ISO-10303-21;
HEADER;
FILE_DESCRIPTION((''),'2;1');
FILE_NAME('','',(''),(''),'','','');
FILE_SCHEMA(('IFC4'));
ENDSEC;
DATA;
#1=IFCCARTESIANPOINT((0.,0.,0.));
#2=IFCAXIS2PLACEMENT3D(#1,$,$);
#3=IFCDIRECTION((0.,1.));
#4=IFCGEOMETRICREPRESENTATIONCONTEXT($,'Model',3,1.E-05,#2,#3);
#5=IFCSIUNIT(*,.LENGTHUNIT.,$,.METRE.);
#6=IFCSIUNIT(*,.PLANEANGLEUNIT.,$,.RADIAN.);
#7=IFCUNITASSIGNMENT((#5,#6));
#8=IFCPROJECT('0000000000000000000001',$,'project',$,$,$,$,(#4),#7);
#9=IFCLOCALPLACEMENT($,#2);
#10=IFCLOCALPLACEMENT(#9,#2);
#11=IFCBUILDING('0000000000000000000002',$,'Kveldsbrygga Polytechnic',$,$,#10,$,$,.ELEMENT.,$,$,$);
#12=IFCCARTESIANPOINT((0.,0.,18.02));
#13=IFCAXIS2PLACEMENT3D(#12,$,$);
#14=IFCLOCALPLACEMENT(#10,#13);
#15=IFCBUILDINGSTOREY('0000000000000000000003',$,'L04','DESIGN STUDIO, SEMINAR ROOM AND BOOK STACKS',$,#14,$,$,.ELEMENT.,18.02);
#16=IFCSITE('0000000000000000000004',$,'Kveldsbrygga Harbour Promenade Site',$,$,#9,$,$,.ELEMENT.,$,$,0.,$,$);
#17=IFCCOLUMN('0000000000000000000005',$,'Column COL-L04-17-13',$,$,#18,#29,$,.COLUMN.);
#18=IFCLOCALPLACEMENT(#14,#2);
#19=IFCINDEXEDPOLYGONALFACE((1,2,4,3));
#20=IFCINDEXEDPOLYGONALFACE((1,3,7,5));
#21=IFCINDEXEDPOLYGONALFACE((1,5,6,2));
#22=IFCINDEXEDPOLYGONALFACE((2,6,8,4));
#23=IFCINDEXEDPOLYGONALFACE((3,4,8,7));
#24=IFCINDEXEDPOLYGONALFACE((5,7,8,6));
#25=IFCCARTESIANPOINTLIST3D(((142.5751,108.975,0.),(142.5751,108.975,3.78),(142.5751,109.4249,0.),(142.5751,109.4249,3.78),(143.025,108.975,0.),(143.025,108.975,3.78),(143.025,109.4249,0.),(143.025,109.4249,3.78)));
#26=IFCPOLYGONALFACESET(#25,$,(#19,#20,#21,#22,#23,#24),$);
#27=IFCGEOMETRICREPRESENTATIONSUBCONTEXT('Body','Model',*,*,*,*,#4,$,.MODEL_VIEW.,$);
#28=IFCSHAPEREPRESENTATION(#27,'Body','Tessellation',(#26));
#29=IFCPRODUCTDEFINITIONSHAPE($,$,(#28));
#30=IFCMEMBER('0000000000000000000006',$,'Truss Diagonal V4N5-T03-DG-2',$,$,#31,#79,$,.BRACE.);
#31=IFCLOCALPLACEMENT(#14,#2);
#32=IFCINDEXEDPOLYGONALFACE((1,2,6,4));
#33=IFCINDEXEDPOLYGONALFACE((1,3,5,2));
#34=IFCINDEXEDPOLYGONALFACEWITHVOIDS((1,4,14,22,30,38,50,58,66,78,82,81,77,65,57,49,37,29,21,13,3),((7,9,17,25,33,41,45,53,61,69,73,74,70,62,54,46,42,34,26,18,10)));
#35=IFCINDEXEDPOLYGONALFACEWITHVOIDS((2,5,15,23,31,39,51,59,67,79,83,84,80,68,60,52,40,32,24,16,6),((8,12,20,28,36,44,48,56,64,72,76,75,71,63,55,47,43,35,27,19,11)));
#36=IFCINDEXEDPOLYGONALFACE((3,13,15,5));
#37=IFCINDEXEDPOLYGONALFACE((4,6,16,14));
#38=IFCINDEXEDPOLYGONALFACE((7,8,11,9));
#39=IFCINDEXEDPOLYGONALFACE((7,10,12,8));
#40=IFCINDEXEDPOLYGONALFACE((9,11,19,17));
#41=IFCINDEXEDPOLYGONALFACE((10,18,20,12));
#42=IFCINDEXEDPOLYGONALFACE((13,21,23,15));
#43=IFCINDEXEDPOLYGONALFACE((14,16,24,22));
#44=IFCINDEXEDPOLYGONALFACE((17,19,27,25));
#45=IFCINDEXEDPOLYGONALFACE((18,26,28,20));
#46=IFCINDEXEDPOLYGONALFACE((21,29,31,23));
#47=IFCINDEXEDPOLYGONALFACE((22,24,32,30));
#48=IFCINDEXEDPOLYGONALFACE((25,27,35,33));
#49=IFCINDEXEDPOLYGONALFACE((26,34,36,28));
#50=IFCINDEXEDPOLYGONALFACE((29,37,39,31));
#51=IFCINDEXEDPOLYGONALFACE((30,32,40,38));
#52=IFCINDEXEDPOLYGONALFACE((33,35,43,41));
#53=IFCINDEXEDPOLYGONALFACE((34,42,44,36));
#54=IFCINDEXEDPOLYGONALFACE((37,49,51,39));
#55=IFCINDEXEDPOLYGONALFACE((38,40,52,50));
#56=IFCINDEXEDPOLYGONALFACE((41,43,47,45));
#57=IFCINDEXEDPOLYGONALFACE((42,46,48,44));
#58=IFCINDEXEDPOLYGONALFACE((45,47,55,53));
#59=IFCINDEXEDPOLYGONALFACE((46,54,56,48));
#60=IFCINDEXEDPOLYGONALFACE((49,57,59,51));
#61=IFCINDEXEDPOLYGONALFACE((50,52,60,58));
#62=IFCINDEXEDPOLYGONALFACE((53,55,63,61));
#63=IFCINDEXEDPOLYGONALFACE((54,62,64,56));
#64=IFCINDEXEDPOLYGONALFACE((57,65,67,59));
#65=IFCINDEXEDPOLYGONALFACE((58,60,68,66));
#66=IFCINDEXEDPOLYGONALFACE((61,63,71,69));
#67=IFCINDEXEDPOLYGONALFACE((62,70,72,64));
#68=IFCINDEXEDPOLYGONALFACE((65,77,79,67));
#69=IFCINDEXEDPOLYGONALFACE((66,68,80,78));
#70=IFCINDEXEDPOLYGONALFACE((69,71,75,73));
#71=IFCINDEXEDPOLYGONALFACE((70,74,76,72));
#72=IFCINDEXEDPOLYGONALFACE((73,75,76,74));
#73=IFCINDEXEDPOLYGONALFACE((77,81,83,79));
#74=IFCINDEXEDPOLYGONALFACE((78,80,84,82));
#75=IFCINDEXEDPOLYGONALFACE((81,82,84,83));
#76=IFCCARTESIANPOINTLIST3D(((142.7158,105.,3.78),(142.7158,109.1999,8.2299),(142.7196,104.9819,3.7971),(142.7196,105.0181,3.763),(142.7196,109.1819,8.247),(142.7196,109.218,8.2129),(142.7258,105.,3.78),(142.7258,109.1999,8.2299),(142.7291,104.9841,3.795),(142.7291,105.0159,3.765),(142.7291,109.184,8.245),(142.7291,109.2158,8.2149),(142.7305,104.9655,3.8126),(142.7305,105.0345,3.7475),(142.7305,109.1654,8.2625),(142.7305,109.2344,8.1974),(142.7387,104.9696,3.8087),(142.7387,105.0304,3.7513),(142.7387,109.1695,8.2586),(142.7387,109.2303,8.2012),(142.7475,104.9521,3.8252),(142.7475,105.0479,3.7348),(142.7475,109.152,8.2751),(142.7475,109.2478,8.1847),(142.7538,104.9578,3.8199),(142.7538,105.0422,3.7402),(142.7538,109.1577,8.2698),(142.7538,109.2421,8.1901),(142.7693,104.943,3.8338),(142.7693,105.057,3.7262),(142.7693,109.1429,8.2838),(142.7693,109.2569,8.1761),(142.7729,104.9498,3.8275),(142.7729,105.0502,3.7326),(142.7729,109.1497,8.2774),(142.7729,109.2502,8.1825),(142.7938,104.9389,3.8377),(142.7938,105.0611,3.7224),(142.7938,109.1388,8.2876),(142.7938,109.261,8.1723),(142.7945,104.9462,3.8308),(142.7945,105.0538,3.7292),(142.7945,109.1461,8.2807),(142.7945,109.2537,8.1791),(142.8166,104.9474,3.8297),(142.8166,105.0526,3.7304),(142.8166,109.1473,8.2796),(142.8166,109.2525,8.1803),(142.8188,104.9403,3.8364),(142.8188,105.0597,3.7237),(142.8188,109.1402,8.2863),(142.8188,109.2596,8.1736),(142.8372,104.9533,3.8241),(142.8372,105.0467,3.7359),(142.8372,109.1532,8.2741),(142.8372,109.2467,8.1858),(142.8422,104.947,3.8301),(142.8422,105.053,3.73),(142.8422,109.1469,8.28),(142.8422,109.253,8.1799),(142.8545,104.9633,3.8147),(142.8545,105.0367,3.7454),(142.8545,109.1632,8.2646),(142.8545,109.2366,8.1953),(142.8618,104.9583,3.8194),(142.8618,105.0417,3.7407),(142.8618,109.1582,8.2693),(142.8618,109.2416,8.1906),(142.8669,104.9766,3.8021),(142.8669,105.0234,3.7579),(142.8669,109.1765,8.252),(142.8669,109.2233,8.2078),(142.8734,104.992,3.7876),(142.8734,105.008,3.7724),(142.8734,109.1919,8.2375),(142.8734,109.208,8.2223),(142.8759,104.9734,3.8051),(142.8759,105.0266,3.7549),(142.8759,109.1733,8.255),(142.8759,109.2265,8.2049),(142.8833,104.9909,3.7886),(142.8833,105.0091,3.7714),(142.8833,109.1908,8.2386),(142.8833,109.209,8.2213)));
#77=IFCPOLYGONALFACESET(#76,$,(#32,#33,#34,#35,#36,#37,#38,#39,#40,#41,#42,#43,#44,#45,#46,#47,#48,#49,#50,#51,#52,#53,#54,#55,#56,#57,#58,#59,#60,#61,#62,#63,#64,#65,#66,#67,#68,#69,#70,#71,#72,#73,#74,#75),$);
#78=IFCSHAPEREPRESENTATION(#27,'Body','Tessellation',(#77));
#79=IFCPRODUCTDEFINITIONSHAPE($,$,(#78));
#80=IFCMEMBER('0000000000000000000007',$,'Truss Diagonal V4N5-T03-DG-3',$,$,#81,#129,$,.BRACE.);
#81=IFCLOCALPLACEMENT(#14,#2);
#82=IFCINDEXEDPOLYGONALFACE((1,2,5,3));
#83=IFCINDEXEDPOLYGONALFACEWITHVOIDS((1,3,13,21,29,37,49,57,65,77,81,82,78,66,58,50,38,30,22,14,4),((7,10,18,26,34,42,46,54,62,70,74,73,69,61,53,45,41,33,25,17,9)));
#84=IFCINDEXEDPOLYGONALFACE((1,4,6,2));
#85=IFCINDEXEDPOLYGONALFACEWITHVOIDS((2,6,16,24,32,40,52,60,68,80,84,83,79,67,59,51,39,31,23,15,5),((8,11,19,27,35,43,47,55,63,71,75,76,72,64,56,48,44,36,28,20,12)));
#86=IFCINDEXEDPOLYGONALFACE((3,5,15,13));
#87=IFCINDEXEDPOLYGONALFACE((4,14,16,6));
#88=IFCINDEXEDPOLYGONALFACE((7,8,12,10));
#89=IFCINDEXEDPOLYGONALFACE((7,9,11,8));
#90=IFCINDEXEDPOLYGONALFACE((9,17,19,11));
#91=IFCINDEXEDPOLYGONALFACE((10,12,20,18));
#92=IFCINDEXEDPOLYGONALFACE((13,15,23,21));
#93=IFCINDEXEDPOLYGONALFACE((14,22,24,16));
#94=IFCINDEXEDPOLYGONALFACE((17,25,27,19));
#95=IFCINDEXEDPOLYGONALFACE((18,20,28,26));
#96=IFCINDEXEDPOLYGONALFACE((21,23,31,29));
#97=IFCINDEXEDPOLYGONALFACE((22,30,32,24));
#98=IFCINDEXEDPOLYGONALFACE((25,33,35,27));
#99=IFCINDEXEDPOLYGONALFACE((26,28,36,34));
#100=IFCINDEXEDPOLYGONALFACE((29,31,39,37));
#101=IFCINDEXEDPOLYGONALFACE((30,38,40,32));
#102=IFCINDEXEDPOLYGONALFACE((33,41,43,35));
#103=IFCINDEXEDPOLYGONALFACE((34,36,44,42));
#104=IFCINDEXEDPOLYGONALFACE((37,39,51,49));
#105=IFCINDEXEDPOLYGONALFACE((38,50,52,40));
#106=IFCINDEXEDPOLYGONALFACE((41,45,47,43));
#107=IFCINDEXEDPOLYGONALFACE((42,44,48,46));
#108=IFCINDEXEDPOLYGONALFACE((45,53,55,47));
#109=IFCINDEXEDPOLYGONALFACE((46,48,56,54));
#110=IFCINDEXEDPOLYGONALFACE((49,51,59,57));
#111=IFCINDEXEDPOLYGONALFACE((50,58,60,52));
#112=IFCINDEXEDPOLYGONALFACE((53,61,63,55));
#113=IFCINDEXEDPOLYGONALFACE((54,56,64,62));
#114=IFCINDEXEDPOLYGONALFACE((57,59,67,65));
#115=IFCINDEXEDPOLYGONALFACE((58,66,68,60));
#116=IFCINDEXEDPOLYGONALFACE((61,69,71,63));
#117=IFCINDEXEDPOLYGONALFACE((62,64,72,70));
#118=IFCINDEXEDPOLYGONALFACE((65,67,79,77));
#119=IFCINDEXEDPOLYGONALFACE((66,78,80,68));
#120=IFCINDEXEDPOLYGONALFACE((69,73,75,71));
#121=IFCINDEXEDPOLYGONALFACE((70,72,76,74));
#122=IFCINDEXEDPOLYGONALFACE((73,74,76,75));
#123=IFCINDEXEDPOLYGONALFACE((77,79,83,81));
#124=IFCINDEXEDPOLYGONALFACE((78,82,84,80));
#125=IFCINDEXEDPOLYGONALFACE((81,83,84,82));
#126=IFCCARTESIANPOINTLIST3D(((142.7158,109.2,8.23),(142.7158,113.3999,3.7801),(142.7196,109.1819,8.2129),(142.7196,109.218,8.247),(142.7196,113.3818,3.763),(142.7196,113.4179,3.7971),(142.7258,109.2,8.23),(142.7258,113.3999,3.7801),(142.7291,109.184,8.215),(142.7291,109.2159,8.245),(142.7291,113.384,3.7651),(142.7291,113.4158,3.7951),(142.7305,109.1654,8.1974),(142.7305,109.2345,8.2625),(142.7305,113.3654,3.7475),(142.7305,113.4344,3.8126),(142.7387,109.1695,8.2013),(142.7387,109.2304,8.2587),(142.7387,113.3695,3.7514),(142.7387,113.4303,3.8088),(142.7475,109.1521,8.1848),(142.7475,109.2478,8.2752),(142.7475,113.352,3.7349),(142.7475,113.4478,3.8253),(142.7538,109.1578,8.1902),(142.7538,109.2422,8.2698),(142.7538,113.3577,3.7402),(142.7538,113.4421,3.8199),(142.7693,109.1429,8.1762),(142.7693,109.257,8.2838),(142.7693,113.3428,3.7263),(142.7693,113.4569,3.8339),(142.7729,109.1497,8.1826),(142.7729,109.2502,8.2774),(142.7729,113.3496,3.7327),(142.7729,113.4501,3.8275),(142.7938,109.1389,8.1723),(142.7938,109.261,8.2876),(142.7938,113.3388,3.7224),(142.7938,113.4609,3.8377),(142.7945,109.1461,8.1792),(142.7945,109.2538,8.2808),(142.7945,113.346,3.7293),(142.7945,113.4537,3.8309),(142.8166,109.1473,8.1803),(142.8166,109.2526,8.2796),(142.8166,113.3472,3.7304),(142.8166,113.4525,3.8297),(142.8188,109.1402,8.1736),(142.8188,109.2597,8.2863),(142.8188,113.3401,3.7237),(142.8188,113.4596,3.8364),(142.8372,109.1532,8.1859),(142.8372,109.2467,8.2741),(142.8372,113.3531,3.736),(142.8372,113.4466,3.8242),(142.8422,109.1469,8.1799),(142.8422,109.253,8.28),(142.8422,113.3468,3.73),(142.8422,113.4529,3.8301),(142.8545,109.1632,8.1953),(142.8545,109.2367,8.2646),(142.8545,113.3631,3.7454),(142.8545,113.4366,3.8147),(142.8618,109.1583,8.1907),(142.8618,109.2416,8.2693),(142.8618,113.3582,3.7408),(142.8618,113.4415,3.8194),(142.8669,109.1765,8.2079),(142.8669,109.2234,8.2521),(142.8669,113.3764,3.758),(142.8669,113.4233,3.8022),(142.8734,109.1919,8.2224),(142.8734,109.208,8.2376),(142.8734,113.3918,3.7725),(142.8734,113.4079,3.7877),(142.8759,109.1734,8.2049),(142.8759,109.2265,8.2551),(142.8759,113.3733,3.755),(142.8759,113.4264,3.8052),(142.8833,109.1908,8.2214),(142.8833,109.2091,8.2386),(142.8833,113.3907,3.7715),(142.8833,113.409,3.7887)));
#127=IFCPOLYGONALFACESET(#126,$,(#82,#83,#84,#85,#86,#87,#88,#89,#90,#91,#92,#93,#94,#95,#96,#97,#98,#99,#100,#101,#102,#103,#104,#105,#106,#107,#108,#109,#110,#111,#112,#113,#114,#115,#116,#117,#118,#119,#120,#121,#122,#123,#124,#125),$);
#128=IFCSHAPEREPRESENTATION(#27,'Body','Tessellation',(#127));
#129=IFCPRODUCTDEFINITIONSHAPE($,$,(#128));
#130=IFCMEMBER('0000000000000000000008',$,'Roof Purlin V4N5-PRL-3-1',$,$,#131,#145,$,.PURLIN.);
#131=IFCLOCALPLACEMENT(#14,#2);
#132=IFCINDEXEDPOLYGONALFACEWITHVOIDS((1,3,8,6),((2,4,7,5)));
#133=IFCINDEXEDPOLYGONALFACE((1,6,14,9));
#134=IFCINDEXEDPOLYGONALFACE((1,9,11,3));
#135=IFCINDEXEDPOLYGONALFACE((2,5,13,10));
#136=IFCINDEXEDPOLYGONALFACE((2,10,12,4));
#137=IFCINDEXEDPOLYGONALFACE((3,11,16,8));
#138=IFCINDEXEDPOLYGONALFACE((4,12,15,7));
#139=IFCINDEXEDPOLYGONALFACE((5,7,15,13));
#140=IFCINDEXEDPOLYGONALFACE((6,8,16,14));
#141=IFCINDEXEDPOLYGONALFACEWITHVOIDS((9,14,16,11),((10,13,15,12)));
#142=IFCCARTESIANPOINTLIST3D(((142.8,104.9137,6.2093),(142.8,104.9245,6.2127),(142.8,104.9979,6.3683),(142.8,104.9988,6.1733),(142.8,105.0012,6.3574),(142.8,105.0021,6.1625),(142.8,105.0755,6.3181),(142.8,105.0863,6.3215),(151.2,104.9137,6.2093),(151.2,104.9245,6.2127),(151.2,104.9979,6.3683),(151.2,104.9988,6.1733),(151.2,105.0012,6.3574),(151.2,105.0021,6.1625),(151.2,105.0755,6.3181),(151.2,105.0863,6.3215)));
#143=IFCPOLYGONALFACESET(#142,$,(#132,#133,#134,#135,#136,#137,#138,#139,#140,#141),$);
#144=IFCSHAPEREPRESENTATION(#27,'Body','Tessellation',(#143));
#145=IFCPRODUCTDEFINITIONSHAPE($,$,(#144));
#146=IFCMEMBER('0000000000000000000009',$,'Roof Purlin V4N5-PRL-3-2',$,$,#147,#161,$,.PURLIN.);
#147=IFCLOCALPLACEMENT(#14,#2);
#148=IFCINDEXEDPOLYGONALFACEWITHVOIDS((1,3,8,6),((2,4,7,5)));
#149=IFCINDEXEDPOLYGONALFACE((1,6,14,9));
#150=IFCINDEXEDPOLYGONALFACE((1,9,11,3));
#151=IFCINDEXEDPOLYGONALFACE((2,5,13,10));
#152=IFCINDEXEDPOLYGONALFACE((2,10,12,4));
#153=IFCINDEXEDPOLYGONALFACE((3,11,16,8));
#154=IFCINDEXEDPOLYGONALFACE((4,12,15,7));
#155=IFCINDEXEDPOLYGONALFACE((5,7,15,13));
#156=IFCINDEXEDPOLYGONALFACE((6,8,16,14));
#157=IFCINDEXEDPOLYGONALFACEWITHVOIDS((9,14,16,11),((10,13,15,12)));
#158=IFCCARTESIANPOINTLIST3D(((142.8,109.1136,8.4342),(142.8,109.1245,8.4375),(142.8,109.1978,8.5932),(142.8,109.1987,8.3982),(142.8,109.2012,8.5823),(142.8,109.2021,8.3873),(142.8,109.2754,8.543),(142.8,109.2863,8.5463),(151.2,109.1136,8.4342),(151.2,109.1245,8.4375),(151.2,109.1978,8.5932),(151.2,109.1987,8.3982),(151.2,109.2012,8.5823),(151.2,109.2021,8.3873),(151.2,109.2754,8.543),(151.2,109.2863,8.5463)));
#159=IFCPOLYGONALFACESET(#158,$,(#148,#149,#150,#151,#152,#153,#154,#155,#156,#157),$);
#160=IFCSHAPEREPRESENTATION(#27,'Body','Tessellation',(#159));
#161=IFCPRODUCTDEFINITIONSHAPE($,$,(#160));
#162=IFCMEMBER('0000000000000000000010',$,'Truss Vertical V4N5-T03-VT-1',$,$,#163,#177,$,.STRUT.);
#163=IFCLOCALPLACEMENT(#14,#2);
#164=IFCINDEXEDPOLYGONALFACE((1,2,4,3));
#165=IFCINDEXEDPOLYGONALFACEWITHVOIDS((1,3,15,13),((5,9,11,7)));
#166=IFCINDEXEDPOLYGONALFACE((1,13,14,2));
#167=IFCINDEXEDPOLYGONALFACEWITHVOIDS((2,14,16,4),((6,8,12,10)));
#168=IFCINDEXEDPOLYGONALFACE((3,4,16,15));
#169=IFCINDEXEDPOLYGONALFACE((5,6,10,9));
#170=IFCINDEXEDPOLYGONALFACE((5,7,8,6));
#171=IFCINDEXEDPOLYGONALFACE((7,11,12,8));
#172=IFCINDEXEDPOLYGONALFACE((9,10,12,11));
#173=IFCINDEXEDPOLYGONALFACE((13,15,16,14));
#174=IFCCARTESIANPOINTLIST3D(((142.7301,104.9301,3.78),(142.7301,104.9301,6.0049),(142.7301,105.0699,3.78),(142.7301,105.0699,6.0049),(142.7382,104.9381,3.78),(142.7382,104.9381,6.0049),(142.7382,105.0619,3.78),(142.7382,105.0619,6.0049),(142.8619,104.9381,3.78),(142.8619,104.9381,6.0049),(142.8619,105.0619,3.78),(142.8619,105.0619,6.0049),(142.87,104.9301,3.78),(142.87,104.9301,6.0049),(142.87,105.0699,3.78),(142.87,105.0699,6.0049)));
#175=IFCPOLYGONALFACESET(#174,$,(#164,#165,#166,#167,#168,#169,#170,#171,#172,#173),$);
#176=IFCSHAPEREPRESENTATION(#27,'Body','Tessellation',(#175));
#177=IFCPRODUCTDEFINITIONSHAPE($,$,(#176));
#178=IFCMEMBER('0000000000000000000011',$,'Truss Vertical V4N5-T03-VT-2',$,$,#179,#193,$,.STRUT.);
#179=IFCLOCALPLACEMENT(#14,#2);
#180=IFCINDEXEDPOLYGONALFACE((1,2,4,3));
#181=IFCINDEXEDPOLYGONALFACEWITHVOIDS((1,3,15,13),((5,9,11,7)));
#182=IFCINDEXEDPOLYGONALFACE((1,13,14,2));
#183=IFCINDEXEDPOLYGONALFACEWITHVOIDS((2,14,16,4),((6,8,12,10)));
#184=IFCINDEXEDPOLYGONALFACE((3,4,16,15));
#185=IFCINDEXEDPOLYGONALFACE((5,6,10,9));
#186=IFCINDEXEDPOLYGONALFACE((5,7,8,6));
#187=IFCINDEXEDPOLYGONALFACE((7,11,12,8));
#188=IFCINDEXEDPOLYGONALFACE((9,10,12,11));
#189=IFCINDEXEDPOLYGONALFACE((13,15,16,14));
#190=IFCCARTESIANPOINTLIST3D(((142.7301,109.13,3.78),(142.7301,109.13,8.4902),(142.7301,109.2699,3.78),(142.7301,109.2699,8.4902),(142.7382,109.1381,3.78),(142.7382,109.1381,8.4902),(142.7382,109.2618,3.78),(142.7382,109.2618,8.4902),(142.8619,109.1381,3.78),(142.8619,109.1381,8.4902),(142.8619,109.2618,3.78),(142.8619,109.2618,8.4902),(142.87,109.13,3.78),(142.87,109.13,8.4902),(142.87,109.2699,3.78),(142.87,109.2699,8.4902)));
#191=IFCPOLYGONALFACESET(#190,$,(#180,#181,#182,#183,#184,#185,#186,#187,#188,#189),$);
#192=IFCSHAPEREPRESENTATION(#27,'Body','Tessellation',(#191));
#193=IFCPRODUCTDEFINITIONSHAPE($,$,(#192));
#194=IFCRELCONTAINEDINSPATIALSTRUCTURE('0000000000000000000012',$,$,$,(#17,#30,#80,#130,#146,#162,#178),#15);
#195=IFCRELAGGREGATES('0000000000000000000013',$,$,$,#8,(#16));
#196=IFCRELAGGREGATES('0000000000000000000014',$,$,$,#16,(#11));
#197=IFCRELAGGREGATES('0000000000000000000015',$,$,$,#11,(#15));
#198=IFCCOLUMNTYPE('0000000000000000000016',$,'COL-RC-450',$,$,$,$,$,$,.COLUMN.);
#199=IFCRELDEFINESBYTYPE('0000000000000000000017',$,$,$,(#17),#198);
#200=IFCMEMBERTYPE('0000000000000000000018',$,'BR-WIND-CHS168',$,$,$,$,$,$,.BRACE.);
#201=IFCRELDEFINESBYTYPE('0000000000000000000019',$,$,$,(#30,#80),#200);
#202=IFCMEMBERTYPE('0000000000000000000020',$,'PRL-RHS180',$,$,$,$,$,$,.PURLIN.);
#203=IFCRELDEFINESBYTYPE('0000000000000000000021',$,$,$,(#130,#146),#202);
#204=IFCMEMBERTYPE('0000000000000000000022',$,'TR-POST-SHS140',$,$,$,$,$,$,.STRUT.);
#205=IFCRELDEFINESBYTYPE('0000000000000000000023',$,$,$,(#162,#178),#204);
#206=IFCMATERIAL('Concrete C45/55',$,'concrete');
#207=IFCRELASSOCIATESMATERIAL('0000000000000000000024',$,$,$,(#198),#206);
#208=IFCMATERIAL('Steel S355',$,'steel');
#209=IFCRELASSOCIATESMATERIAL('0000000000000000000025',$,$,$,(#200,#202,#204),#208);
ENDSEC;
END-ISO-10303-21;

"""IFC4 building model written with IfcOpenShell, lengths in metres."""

from ifc_helpers import new_model, si_unit, direction, frame, origin, origin_2d, place, context, subcontext, project, spatial, rectangle, hollow_rectangle, hollow_circle, extrude, material, material_profile, profile_set, type_object, element, save


model = new_model("IFC4")

# Units and contexts
model_context = context("Model", 3, precision=1e-05, world=origin(), true_north=direction((0.0, 1.0)))
body_context = subcontext(model_context, "Body", "Model", "MODEL_VIEW")
ifc_project = project(units=[si_unit("LENGTHUNIT", "METRE"), si_unit("PLANEANGLEUNIT", "RADIAN")], contexts=[model_context])

# Site, building, storey
site_placement = place(None, origin())
site = spatial("IfcSite", under=ifc_project, at=site_placement, Name="Kveldsbrygga Harbour Promenade Site", CompositionType="ELEMENT", RefElevation=0.0)
building_placement = place(site_placement, origin())
building = spatial("IfcBuilding", under=site, at=building_placement, Name="Kveldsbrygga Polytechnic", CompositionType="ELEMENT")
storey_placement = place(building_placement, frame((0.0, 0.0, 18.02)))
storey = spatial("IfcBuildingStorey", under=building, at=storey_placement, Name="L04", Description="DESIGN STUDIO, SEMINAR ROOM AND BOOK STACKS", CompositionType="ELEMENT", Elevation=18.02)

# Column
ifc_material_1 = material(Name="Concrete C45/55", Category="concrete")
ifc_material_profile_1 = material_profile(ifc_material_1, rectangle(XDim=0.45, YDim=0.45, at=origin_2d()), Name="RC 450x450")
ifc_profile_set_1 = profile_set([ifc_material_profile_1], Name="Concrete C45/55")
column_type = type_object("IfcColumnType", Name="COL-RC-450", PredefinedType="COLUMN", material=ifc_profile_set_1)
column_placement = place(storey_placement, frame((142.8, 109.2, 0.0), z_axis=(0.0, 0.0, 1.0), x_axis=(1.0, 0.0, 0.0)))
element("IfcColumn", 1, at=column_placement, inside=storey, type_object=column_type, Name="Column COL-L04-17-13", PredefinedType="COLUMN", context=body_context, shape_type="SweptSolid", body=[
    extrude(rectangle(XDim=0.45, YDim=0.45, at=origin_2d()), origin(), (0.0, 0.0, 1.0), 3.78),
])

# Members
ifc_material_2 = material(Name="Steel S355", Category="steel")
ifc_material_profile_2 = material_profile(ifc_material_2, hollow_circle(Radius=0.0842, WallThickness=0.01, at=origin_2d()), Name="CHS 168.3x10.0")
ifc_profile_set_2 = profile_set([ifc_material_profile_2], Name="Steel S355")
member_type_1 = type_object("IfcMemberType", Name="BR-WIND-CHS168", PredefinedType="BRACE", material=ifc_profile_set_2)
for number, where, z_axis, x_axis, name in (
    (2, (142.8, 105.0, 3.78), (0.0, 0.686383, 0.72724), (-1.0, 0.0, 0.0), "Truss Diagonal V4N5-T03-DG-2"),
    (3, (142.8, 109.2, 8.23), (0.0, 0.686383, -0.72724), (-1.0, 0.0, 0.0), "Truss Diagonal V4N5-T03-DG-3"),
):
    element("IfcMember", number, at=place(storey_placement, frame(where, z_axis=z_axis, x_axis=x_axis)), inside=storey, type_object=member_type_1, Name=name, PredefinedType="BRACE", context=body_context, shape_type="SweptSolid", body=[
        extrude(hollow_circle(Radius=0.0842, WallThickness=0.01, at=origin_2d()), origin(), (0.0, 0.0, 1.0), 6.1189),
    ])
ifc_material_profile_3 = material_profile(ifc_material_2, hollow_rectangle(XDim=0.1001, YDim=0.1799, WallThickness=0.0081, at=origin_2d()), Name="RHS 180x100x8.0")
ifc_profile_set_3 = profile_set([ifc_material_profile_3], Name="Steel S355")
member_type_2 = type_object("IfcMemberType", Name="PRL-RHS180", PredefinedType="PURLIN", material=ifc_profile_set_3)
for number, where, z_axis, x_axis, name in (
    (4, (142.8, 105.0, 6.2654), (1.0, 0.0, 0.0), (0.0, 0.88366, -0.468129), "Roof Purlin V4N5-PRL-3-1"),
    (5, (142.8, 109.2, 8.4902), (1.0, 0.0, 0.0), (0.0, 0.88366, -0.468129), "Roof Purlin V4N5-PRL-3-2"),
):
    element("IfcMember", number, at=place(storey_placement, frame(where, z_axis=z_axis, x_axis=x_axis)), inside=storey, type_object=member_type_2, Name=name, PredefinedType="PURLIN", context=body_context, shape_type="SweptSolid", body=[
        extrude(hollow_rectangle(XDim=0.1001, YDim=0.1799, WallThickness=0.0081, at=origin_2d()), origin(), (0.0, 0.0, 1.0), 8.3999),
    ])
ifc_material_profile_4 = material_profile(ifc_material_2, hollow_rectangle(XDim=0.1399, YDim=0.1399, WallThickness=0.0081, at=origin_2d()), Name="SHS 140x140x8.0")
ifc_profile_set_4 = profile_set([ifc_material_profile_4], Name="Steel S355")
member_type_3 = type_object("IfcMemberType", Name="TR-POST-SHS140", PredefinedType="STRUT", material=ifc_profile_set_4)
member_1_placement = place(storey_placement, frame((142.8, 105.0, 3.78), z_axis=(0.0, 0.0, 1.0), x_axis=(1.0, 0.0, 0.0)))
element("IfcMember", 6, at=member_1_placement, inside=storey, type_object=member_type_3, Name="Truss Vertical V4N5-T03-VT-1", PredefinedType="STRUT", context=body_context, shape_type="SweptSolid", body=[
    extrude(hollow_rectangle(XDim=0.1399, YDim=0.1399, WallThickness=0.0081, at=origin_2d()), origin(), (0.0, 0.0, 1.0), 2.2249),
])
member_2_placement = place(storey_placement, frame((142.8, 109.2, 3.78), z_axis=(0.0, 0.0, 1.0), x_axis=(1.0, 0.0, 0.0)))
element("IfcMember", 7, at=member_2_placement, inside=storey, type_object=member_type_3, Name="Truss Vertical V4N5-T03-VT-2", PredefinedType="STRUT", context=body_context, shape_type="SweptSolid", body=[
    extrude(hollow_rectangle(XDim=0.1399, YDim=0.1399, WallThickness=0.0081, at=origin_2d()), origin(), (0.0, 0.0, 1.0), 4.7102),
])

save(model, "model.ifc")
